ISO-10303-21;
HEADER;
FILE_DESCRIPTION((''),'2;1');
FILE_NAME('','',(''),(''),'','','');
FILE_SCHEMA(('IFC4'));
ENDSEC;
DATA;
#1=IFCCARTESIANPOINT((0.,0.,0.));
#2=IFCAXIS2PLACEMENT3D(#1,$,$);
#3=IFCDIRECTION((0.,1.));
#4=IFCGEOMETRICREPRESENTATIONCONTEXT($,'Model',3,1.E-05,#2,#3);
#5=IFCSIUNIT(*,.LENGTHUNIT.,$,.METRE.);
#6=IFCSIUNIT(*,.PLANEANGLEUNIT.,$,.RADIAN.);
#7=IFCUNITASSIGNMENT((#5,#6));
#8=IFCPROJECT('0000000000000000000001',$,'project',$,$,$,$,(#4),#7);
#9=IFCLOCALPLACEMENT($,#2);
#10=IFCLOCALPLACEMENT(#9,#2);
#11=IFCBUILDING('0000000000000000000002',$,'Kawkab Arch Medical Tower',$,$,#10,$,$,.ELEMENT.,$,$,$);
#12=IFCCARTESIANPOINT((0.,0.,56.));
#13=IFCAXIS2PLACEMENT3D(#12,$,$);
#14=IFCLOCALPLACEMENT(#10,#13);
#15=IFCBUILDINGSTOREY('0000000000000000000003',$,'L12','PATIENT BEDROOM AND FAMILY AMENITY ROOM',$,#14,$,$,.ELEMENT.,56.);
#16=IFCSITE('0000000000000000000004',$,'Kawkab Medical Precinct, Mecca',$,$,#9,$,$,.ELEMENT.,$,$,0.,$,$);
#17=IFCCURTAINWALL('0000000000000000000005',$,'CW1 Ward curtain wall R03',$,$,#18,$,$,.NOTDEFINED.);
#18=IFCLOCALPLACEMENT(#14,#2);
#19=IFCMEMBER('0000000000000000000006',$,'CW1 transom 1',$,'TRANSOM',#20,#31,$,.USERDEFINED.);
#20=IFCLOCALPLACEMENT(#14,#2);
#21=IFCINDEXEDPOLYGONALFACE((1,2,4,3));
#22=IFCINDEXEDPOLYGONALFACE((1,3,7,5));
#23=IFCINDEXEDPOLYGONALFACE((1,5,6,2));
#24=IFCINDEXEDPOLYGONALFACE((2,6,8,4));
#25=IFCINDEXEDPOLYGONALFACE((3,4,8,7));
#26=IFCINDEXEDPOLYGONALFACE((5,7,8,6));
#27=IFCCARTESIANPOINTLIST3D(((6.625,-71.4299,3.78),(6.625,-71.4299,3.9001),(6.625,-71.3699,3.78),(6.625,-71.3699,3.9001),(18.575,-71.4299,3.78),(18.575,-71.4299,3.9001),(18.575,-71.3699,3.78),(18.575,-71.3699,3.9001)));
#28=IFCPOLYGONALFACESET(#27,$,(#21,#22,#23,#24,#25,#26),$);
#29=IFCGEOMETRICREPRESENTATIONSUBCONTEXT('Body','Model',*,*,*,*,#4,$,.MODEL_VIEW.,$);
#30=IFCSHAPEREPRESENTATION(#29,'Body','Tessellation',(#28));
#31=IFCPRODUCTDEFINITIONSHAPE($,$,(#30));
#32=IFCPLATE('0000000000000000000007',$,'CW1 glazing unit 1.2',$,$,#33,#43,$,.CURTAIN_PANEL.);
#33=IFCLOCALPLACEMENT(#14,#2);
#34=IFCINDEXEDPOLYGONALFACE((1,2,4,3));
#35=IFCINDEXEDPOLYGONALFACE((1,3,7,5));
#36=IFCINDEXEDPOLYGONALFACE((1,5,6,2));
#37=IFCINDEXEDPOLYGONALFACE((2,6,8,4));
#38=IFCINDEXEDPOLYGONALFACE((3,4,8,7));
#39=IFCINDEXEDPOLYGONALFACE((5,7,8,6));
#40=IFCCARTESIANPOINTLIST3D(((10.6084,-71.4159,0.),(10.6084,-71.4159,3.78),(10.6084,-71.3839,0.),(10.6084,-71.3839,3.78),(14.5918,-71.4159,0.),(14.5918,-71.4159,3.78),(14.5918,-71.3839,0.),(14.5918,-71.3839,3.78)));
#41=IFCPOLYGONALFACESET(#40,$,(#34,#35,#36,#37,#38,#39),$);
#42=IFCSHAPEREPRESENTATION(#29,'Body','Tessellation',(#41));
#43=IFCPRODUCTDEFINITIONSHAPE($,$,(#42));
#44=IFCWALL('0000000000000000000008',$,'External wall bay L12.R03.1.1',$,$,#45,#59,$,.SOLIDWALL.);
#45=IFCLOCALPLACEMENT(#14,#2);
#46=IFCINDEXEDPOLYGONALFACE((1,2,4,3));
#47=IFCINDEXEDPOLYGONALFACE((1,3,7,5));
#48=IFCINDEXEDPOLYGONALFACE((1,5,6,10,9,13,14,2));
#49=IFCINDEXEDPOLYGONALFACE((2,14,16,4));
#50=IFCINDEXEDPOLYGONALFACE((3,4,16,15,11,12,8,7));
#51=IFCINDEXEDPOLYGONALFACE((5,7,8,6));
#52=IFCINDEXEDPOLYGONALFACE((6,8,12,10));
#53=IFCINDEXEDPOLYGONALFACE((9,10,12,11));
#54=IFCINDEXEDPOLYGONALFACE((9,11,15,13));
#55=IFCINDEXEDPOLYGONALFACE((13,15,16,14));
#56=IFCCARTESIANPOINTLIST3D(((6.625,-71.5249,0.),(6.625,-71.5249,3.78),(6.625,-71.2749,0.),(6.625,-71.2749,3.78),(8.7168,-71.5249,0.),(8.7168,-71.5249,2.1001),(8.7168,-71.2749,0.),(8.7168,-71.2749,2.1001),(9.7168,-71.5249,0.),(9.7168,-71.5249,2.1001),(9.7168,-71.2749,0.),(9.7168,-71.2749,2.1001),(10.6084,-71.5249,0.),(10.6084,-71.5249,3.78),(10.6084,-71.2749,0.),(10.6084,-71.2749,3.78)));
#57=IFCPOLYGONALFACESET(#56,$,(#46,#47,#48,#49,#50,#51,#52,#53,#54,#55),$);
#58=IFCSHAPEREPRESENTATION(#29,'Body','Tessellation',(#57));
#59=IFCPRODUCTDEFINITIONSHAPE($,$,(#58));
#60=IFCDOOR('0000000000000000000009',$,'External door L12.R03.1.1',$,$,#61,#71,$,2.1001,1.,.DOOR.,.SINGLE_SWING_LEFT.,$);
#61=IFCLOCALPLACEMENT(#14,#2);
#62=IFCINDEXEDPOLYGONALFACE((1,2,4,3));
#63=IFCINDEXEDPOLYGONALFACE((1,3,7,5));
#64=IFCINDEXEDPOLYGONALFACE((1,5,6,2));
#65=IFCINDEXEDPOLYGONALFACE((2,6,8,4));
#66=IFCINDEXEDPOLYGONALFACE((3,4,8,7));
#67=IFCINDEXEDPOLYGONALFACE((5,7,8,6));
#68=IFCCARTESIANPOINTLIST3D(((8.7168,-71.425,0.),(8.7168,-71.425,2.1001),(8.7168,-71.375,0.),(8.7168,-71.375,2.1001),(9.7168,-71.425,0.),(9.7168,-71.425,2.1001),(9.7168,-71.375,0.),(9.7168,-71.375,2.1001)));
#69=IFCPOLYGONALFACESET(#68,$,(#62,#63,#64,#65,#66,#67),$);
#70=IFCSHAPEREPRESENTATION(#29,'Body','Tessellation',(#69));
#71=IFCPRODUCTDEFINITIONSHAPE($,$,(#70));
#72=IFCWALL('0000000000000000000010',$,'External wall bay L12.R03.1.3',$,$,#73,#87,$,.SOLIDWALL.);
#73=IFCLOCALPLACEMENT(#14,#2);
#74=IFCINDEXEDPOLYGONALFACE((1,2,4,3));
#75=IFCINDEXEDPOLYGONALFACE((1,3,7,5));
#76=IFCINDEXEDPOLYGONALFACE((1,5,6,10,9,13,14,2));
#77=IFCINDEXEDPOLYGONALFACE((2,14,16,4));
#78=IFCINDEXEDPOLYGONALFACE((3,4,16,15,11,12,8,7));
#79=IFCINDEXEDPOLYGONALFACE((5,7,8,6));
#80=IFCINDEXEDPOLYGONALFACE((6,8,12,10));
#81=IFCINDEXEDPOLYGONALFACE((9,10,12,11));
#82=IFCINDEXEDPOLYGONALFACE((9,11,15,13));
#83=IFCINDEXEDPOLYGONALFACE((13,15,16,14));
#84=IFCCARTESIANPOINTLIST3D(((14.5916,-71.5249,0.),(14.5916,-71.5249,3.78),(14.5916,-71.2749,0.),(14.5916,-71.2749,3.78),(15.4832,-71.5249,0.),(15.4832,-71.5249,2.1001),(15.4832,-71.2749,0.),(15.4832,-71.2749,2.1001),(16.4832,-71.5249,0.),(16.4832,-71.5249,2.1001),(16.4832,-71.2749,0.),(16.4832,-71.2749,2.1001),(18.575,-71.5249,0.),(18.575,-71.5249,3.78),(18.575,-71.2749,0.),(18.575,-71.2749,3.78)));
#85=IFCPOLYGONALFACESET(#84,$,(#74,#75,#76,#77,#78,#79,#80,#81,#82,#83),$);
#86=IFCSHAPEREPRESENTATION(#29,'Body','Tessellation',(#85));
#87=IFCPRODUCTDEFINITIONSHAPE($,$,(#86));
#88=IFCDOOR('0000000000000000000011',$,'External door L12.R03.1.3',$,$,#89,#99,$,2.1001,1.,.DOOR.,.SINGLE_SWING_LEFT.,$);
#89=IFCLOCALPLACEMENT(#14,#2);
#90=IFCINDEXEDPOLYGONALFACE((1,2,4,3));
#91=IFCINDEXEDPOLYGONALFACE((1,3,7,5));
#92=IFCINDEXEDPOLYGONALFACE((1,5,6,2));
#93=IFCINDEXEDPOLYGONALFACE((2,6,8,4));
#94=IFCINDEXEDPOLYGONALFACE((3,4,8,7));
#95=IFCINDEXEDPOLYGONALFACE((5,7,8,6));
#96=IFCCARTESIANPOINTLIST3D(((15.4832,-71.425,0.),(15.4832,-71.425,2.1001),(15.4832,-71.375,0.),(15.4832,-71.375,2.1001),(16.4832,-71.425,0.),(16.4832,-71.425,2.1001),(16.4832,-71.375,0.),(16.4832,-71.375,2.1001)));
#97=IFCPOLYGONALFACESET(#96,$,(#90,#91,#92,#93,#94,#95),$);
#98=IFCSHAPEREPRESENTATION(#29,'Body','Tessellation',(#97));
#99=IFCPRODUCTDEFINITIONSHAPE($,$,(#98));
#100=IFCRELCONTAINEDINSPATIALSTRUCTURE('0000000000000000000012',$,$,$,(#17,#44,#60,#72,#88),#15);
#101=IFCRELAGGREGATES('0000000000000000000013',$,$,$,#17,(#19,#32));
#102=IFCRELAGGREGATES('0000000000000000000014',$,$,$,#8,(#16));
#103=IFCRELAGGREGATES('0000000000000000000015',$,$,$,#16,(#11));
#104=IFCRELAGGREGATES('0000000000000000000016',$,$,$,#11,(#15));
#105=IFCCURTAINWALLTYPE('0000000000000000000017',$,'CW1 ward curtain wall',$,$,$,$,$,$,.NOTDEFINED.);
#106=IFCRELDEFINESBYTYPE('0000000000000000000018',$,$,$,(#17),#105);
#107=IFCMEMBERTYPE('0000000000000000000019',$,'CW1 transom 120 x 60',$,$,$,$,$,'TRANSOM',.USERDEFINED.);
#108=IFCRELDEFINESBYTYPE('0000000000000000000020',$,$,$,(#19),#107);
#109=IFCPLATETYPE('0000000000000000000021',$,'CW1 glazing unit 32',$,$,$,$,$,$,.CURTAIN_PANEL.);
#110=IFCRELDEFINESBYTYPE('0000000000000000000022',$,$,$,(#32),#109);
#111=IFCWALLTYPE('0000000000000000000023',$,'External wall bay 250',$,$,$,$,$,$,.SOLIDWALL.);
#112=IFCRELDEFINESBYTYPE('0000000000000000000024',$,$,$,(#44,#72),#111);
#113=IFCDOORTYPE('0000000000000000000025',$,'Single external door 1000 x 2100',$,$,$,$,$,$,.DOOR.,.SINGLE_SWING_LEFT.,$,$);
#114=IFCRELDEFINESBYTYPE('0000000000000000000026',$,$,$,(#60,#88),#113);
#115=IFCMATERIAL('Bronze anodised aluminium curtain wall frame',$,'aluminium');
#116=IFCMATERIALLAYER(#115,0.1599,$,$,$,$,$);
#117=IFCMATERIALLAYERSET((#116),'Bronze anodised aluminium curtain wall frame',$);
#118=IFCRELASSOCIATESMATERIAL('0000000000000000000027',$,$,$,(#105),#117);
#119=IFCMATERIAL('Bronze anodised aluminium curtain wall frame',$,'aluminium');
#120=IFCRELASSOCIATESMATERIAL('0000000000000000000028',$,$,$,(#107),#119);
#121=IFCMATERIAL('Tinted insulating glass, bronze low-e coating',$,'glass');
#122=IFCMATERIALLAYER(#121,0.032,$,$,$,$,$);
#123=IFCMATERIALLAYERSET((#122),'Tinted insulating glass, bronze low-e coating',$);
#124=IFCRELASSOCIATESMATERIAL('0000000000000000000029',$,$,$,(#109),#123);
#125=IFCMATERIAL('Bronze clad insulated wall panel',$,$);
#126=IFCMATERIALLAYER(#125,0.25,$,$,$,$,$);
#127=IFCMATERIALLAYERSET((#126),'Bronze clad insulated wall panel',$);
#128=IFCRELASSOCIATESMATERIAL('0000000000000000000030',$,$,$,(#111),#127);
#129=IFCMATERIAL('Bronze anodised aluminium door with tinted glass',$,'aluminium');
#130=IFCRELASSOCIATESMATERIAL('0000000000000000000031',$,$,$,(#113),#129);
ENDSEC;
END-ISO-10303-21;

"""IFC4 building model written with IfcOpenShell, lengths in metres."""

from ifc_helpers import new_model, si_unit, direction, frame, frame_2d, origin, origin_2d, place, context, subcontext, project, spatial, rectangle, extrude, material, layer, layer_set, material_profile, profile_set, type_object, element, fill, aggregate, save


model = new_model("IFC4")

# Units and contexts
model_context = context("Model", 3, precision=1e-05, world=origin(), true_north=direction((0.0, 1.0)))
body_context = subcontext(model_context, "Body", "Model", "MODEL_VIEW")
ifc_project = project(units=[si_unit("LENGTHUNIT", "METRE"), si_unit("PLANEANGLEUNIT", "RADIAN")], contexts=[model_context])

# Site, building, storey
site_placement = place(None, origin())
site = spatial("IfcSite", under=ifc_project, at=site_placement, Name="Kawkab Medical Precinct, Mecca", CompositionType="ELEMENT", RefElevation=0.0)
building_placement = place(site_placement, origin())
building = spatial("IfcBuilding", under=site, at=building_placement, Name="Kawkab Arch Medical Tower", CompositionType="ELEMENT")
storey_placement = place(building_placement, frame((0.0, 0.0, 56.0)))
storey = spatial("IfcBuildingStorey", under=building, at=storey_placement, Name="L12", Description="PATIENT BEDROOM AND FAMILY AMENITY ROOM", CompositionType="ELEMENT", Elevation=56.0)

# Curtain wall, member, plate
ifc_material_1 = material(Name="Bronze anodised aluminium curtain wall frame", Category="aluminium")
ifc_layer_1 = layer(ifc_material_1, 0.1599)
ifc_layer_set_1 = layer_set([ifc_layer_1], Name="Bronze anodised aluminium curtain wall frame")
curtain_wall_type = type_object("IfcCurtainWallType", Name="CW1 ward curtain wall", PredefinedType="NOTDEFINED", material=ifc_layer_set_1)
curtain_wall_placement = place(storey_placement, origin())
curtain_wall = element("IfcCurtainWall", 1, at=curtain_wall_placement, inside=storey, type_object=curtain_wall_type, Name="CW1 Ward curtain wall R03", PredefinedType="NOTDEFINED")
ifc_material_2 = material(Name="Bronze anodised aluminium curtain wall frame", Category="aluminium")
ifc_material_profile_1 = material_profile(ifc_material_2, rectangle(XDim=0.0601, YDim=0.1201, at=origin_2d()), Name="AL 60x120")
ifc_profile_set_1 = profile_set([ifc_material_profile_1], Name="Bronze anodised aluminium curtain wall frame")
member_type = type_object("IfcMemberType", Name="CW1 transom 120 x 60", ElementType="TRANSOM", PredefinedType="USERDEFINED", material=ifc_profile_set_1)
member_placement = place(storey_placement, frame((6.625, -71.3999, 3.8401), z_axis=(1.0, 0.0, 0.0), x_axis=(0.0, 1.0, 0.0)))
member = element("IfcMember", 2, at=member_placement, type_object=member_type, Name="CW1 transom 1", ObjectType="TRANSOM", PredefinedType="USERDEFINED", context=body_context, shape_type="SweptSolid", body=[
    extrude(rectangle(XDim=0.0601, YDim=0.1201, at=origin_2d()), origin(), (0.0, 0.0, 1.0), 11.95),
])
ifc_material_3 = material(Name="Tinted insulating glass, bronze low-e coating", Category="glass")
ifc_layer_2 = layer(ifc_material_3, 0.032)
ifc_layer_set_2 = layer_set([ifc_layer_2], Name="Tinted insulating glass, bronze low-e coating")
plate_type = type_object("IfcPlateType", Name="CW1 glazing unit 32", PredefinedType="CURTAIN_PANEL", material=ifc_layer_set_2)
plate_placement = place(storey_placement, frame((12.6001, -71.3999, 0.0), z_axis=(0.0, 0.0, 1.0), x_axis=(1.0, 0.0, 0.0)))
plate = element("IfcPlate", 3, at=plate_placement, type_object=plate_type, Name="CW1 glazing unit 1.2", PredefinedType="CURTAIN_PANEL", context=body_context, shape_type="SweptSolid", body=[
    extrude(rectangle(XDim=3.9834, YDim=0.032, at=origin_2d()), origin(), (0.0, 0.0, 1.0), 3.78),
])
aggregate(curtain_wall, [member, plate])

# Walls, openings, doors
ifc_material_4 = material(Name="Bronze clad insulated wall panel")
ifc_layer_3 = layer(ifc_material_4, 0.25)
ifc_layer_set_3 = layer_set([ifc_layer_3], Name="Bronze clad insulated wall panel")
wall_type_1 = type_object("IfcWallType", Name="External wall bay 250", PredefinedType="SOLIDWALL", material=ifc_layer_set_3)
wall_1_placement = place(storey_placement, frame((6.625, -71.3999, 0.0), z_axis=(0.0, 0.0, 1.0), x_axis=(1.0, 0.0, 0.0)))
wall_1 = element("IfcWall", 4, at=wall_1_placement, inside=storey, type_object=wall_type_1, Name="External wall bay L12.R03.1.1", PredefinedType="SOLIDWALL", context=body_context, shape_type="SweptSolid", body=[
    extrude(rectangle(XDim=3.9834, YDim=0.25, at=frame_2d((1.9917, 0.0))), origin(), (0.0, 0.0, 1.0), 3.78),
])
opening_1_placement = place(wall_1_placement, frame((2.0918, 0.0, 0.0)))
opening_1 = element("IfcOpeningElement", 5, at=opening_1_placement, cuts=wall_1, PredefinedType="OPENING", context=body_context, shape_type="SweptSolid", body=[
    extrude(rectangle(XDim=1.0, YDim=2.1001, at=frame_2d((0.5, 1.05))), frame((0.0, 0.135, 0.0), z_axis=(0.0, -1.0, 0.0), x_axis=(1.0, 0.0, 0.0)), (0.0, 0.0, 1.0), 0.27),
])
ifc_material_5 = material(Name="Bronze anodised aluminium door with tinted glass", Category="aluminium")
door_type_1 = type_object("IfcDoorType", Name="Single external door 1000 x 2100", OperationType="SINGLE_SWING_LEFT", PredefinedType="DOOR", material=ifc_material_5)
door_1_placement = place(opening_1_placement, origin())
door_1 = element("IfcDoor", 6, at=door_1_placement, inside=storey, type_object=door_type_1, Name="External door L12.R03.1.1", OperationType="SINGLE_SWING_LEFT", OverallHeight=2.1001, OverallWidth=1.0, PredefinedType="DOOR", context=body_context, shape_type="SweptSolid", body=[
    extrude(rectangle(XDim=1.0, YDim=2.1001, at=frame_2d((0.5, 1.05))), frame((0.0, 0.0249, 0.0), z_axis=(0.0, -1.0, 0.0), x_axis=(1.0, 0.0, 0.0)), (0.0, 0.0, 1.0), 0.05),
])
fill(opening_1, door_1)
wall_2_placement = place(storey_placement, frame((14.5916, -71.3999, 0.0), z_axis=(0.0, 0.0, 1.0), x_axis=(1.0, 0.0, 0.0)))
wall_2 = element("IfcWall", 7, at=wall_2_placement, inside=storey, type_object=wall_type_1, Name="External wall bay L12.R03.1.3", PredefinedType="SOLIDWALL", context=body_context, shape_type="SweptSolid", body=[
    extrude(rectangle(XDim=3.9834, YDim=0.25, at=frame_2d((1.9917, 0.0))), origin(), (0.0, 0.0, 1.0), 3.78),
])
opening_2_placement = place(wall_2_placement, frame((0.8916, 0.0, 0.0)))
opening_2 = element("IfcOpeningElement", 8, at=opening_2_placement, cuts=wall_2, PredefinedType="OPENING", context=body_context, shape_type="SweptSolid", body=[
    extrude(rectangle(XDim=1.0, YDim=2.1001, at=frame_2d((0.5, 1.05))), frame((0.0, 0.135, 0.0), z_axis=(0.0, -1.0, 0.0), x_axis=(1.0, 0.0, 0.0)), (0.0, 0.0, 1.0), 0.27),
])
door_2_placement = place(opening_2_placement, origin())
door_2 = element("IfcDoor", 9, at=door_2_placement, inside=storey, type_object=door_type_1, Name="External door L12.R03.1.3", OperationType="SINGLE_SWING_LEFT", OverallHeight=2.1001, OverallWidth=1.0, PredefinedType="DOOR", context=body_context, shape_type="SweptSolid", body=[
    extrude(rectangle(XDim=1.0, YDim=2.1001, at=frame_2d((0.5, 1.05))), frame((0.0, 0.0249, 0.0), z_axis=(0.0, -1.0, 0.0), x_axis=(1.0, 0.0, 0.0)), (0.0, 0.0, 1.0), 0.05),
])
fill(opening_2, door_2)

save(model, "model.ifc")
